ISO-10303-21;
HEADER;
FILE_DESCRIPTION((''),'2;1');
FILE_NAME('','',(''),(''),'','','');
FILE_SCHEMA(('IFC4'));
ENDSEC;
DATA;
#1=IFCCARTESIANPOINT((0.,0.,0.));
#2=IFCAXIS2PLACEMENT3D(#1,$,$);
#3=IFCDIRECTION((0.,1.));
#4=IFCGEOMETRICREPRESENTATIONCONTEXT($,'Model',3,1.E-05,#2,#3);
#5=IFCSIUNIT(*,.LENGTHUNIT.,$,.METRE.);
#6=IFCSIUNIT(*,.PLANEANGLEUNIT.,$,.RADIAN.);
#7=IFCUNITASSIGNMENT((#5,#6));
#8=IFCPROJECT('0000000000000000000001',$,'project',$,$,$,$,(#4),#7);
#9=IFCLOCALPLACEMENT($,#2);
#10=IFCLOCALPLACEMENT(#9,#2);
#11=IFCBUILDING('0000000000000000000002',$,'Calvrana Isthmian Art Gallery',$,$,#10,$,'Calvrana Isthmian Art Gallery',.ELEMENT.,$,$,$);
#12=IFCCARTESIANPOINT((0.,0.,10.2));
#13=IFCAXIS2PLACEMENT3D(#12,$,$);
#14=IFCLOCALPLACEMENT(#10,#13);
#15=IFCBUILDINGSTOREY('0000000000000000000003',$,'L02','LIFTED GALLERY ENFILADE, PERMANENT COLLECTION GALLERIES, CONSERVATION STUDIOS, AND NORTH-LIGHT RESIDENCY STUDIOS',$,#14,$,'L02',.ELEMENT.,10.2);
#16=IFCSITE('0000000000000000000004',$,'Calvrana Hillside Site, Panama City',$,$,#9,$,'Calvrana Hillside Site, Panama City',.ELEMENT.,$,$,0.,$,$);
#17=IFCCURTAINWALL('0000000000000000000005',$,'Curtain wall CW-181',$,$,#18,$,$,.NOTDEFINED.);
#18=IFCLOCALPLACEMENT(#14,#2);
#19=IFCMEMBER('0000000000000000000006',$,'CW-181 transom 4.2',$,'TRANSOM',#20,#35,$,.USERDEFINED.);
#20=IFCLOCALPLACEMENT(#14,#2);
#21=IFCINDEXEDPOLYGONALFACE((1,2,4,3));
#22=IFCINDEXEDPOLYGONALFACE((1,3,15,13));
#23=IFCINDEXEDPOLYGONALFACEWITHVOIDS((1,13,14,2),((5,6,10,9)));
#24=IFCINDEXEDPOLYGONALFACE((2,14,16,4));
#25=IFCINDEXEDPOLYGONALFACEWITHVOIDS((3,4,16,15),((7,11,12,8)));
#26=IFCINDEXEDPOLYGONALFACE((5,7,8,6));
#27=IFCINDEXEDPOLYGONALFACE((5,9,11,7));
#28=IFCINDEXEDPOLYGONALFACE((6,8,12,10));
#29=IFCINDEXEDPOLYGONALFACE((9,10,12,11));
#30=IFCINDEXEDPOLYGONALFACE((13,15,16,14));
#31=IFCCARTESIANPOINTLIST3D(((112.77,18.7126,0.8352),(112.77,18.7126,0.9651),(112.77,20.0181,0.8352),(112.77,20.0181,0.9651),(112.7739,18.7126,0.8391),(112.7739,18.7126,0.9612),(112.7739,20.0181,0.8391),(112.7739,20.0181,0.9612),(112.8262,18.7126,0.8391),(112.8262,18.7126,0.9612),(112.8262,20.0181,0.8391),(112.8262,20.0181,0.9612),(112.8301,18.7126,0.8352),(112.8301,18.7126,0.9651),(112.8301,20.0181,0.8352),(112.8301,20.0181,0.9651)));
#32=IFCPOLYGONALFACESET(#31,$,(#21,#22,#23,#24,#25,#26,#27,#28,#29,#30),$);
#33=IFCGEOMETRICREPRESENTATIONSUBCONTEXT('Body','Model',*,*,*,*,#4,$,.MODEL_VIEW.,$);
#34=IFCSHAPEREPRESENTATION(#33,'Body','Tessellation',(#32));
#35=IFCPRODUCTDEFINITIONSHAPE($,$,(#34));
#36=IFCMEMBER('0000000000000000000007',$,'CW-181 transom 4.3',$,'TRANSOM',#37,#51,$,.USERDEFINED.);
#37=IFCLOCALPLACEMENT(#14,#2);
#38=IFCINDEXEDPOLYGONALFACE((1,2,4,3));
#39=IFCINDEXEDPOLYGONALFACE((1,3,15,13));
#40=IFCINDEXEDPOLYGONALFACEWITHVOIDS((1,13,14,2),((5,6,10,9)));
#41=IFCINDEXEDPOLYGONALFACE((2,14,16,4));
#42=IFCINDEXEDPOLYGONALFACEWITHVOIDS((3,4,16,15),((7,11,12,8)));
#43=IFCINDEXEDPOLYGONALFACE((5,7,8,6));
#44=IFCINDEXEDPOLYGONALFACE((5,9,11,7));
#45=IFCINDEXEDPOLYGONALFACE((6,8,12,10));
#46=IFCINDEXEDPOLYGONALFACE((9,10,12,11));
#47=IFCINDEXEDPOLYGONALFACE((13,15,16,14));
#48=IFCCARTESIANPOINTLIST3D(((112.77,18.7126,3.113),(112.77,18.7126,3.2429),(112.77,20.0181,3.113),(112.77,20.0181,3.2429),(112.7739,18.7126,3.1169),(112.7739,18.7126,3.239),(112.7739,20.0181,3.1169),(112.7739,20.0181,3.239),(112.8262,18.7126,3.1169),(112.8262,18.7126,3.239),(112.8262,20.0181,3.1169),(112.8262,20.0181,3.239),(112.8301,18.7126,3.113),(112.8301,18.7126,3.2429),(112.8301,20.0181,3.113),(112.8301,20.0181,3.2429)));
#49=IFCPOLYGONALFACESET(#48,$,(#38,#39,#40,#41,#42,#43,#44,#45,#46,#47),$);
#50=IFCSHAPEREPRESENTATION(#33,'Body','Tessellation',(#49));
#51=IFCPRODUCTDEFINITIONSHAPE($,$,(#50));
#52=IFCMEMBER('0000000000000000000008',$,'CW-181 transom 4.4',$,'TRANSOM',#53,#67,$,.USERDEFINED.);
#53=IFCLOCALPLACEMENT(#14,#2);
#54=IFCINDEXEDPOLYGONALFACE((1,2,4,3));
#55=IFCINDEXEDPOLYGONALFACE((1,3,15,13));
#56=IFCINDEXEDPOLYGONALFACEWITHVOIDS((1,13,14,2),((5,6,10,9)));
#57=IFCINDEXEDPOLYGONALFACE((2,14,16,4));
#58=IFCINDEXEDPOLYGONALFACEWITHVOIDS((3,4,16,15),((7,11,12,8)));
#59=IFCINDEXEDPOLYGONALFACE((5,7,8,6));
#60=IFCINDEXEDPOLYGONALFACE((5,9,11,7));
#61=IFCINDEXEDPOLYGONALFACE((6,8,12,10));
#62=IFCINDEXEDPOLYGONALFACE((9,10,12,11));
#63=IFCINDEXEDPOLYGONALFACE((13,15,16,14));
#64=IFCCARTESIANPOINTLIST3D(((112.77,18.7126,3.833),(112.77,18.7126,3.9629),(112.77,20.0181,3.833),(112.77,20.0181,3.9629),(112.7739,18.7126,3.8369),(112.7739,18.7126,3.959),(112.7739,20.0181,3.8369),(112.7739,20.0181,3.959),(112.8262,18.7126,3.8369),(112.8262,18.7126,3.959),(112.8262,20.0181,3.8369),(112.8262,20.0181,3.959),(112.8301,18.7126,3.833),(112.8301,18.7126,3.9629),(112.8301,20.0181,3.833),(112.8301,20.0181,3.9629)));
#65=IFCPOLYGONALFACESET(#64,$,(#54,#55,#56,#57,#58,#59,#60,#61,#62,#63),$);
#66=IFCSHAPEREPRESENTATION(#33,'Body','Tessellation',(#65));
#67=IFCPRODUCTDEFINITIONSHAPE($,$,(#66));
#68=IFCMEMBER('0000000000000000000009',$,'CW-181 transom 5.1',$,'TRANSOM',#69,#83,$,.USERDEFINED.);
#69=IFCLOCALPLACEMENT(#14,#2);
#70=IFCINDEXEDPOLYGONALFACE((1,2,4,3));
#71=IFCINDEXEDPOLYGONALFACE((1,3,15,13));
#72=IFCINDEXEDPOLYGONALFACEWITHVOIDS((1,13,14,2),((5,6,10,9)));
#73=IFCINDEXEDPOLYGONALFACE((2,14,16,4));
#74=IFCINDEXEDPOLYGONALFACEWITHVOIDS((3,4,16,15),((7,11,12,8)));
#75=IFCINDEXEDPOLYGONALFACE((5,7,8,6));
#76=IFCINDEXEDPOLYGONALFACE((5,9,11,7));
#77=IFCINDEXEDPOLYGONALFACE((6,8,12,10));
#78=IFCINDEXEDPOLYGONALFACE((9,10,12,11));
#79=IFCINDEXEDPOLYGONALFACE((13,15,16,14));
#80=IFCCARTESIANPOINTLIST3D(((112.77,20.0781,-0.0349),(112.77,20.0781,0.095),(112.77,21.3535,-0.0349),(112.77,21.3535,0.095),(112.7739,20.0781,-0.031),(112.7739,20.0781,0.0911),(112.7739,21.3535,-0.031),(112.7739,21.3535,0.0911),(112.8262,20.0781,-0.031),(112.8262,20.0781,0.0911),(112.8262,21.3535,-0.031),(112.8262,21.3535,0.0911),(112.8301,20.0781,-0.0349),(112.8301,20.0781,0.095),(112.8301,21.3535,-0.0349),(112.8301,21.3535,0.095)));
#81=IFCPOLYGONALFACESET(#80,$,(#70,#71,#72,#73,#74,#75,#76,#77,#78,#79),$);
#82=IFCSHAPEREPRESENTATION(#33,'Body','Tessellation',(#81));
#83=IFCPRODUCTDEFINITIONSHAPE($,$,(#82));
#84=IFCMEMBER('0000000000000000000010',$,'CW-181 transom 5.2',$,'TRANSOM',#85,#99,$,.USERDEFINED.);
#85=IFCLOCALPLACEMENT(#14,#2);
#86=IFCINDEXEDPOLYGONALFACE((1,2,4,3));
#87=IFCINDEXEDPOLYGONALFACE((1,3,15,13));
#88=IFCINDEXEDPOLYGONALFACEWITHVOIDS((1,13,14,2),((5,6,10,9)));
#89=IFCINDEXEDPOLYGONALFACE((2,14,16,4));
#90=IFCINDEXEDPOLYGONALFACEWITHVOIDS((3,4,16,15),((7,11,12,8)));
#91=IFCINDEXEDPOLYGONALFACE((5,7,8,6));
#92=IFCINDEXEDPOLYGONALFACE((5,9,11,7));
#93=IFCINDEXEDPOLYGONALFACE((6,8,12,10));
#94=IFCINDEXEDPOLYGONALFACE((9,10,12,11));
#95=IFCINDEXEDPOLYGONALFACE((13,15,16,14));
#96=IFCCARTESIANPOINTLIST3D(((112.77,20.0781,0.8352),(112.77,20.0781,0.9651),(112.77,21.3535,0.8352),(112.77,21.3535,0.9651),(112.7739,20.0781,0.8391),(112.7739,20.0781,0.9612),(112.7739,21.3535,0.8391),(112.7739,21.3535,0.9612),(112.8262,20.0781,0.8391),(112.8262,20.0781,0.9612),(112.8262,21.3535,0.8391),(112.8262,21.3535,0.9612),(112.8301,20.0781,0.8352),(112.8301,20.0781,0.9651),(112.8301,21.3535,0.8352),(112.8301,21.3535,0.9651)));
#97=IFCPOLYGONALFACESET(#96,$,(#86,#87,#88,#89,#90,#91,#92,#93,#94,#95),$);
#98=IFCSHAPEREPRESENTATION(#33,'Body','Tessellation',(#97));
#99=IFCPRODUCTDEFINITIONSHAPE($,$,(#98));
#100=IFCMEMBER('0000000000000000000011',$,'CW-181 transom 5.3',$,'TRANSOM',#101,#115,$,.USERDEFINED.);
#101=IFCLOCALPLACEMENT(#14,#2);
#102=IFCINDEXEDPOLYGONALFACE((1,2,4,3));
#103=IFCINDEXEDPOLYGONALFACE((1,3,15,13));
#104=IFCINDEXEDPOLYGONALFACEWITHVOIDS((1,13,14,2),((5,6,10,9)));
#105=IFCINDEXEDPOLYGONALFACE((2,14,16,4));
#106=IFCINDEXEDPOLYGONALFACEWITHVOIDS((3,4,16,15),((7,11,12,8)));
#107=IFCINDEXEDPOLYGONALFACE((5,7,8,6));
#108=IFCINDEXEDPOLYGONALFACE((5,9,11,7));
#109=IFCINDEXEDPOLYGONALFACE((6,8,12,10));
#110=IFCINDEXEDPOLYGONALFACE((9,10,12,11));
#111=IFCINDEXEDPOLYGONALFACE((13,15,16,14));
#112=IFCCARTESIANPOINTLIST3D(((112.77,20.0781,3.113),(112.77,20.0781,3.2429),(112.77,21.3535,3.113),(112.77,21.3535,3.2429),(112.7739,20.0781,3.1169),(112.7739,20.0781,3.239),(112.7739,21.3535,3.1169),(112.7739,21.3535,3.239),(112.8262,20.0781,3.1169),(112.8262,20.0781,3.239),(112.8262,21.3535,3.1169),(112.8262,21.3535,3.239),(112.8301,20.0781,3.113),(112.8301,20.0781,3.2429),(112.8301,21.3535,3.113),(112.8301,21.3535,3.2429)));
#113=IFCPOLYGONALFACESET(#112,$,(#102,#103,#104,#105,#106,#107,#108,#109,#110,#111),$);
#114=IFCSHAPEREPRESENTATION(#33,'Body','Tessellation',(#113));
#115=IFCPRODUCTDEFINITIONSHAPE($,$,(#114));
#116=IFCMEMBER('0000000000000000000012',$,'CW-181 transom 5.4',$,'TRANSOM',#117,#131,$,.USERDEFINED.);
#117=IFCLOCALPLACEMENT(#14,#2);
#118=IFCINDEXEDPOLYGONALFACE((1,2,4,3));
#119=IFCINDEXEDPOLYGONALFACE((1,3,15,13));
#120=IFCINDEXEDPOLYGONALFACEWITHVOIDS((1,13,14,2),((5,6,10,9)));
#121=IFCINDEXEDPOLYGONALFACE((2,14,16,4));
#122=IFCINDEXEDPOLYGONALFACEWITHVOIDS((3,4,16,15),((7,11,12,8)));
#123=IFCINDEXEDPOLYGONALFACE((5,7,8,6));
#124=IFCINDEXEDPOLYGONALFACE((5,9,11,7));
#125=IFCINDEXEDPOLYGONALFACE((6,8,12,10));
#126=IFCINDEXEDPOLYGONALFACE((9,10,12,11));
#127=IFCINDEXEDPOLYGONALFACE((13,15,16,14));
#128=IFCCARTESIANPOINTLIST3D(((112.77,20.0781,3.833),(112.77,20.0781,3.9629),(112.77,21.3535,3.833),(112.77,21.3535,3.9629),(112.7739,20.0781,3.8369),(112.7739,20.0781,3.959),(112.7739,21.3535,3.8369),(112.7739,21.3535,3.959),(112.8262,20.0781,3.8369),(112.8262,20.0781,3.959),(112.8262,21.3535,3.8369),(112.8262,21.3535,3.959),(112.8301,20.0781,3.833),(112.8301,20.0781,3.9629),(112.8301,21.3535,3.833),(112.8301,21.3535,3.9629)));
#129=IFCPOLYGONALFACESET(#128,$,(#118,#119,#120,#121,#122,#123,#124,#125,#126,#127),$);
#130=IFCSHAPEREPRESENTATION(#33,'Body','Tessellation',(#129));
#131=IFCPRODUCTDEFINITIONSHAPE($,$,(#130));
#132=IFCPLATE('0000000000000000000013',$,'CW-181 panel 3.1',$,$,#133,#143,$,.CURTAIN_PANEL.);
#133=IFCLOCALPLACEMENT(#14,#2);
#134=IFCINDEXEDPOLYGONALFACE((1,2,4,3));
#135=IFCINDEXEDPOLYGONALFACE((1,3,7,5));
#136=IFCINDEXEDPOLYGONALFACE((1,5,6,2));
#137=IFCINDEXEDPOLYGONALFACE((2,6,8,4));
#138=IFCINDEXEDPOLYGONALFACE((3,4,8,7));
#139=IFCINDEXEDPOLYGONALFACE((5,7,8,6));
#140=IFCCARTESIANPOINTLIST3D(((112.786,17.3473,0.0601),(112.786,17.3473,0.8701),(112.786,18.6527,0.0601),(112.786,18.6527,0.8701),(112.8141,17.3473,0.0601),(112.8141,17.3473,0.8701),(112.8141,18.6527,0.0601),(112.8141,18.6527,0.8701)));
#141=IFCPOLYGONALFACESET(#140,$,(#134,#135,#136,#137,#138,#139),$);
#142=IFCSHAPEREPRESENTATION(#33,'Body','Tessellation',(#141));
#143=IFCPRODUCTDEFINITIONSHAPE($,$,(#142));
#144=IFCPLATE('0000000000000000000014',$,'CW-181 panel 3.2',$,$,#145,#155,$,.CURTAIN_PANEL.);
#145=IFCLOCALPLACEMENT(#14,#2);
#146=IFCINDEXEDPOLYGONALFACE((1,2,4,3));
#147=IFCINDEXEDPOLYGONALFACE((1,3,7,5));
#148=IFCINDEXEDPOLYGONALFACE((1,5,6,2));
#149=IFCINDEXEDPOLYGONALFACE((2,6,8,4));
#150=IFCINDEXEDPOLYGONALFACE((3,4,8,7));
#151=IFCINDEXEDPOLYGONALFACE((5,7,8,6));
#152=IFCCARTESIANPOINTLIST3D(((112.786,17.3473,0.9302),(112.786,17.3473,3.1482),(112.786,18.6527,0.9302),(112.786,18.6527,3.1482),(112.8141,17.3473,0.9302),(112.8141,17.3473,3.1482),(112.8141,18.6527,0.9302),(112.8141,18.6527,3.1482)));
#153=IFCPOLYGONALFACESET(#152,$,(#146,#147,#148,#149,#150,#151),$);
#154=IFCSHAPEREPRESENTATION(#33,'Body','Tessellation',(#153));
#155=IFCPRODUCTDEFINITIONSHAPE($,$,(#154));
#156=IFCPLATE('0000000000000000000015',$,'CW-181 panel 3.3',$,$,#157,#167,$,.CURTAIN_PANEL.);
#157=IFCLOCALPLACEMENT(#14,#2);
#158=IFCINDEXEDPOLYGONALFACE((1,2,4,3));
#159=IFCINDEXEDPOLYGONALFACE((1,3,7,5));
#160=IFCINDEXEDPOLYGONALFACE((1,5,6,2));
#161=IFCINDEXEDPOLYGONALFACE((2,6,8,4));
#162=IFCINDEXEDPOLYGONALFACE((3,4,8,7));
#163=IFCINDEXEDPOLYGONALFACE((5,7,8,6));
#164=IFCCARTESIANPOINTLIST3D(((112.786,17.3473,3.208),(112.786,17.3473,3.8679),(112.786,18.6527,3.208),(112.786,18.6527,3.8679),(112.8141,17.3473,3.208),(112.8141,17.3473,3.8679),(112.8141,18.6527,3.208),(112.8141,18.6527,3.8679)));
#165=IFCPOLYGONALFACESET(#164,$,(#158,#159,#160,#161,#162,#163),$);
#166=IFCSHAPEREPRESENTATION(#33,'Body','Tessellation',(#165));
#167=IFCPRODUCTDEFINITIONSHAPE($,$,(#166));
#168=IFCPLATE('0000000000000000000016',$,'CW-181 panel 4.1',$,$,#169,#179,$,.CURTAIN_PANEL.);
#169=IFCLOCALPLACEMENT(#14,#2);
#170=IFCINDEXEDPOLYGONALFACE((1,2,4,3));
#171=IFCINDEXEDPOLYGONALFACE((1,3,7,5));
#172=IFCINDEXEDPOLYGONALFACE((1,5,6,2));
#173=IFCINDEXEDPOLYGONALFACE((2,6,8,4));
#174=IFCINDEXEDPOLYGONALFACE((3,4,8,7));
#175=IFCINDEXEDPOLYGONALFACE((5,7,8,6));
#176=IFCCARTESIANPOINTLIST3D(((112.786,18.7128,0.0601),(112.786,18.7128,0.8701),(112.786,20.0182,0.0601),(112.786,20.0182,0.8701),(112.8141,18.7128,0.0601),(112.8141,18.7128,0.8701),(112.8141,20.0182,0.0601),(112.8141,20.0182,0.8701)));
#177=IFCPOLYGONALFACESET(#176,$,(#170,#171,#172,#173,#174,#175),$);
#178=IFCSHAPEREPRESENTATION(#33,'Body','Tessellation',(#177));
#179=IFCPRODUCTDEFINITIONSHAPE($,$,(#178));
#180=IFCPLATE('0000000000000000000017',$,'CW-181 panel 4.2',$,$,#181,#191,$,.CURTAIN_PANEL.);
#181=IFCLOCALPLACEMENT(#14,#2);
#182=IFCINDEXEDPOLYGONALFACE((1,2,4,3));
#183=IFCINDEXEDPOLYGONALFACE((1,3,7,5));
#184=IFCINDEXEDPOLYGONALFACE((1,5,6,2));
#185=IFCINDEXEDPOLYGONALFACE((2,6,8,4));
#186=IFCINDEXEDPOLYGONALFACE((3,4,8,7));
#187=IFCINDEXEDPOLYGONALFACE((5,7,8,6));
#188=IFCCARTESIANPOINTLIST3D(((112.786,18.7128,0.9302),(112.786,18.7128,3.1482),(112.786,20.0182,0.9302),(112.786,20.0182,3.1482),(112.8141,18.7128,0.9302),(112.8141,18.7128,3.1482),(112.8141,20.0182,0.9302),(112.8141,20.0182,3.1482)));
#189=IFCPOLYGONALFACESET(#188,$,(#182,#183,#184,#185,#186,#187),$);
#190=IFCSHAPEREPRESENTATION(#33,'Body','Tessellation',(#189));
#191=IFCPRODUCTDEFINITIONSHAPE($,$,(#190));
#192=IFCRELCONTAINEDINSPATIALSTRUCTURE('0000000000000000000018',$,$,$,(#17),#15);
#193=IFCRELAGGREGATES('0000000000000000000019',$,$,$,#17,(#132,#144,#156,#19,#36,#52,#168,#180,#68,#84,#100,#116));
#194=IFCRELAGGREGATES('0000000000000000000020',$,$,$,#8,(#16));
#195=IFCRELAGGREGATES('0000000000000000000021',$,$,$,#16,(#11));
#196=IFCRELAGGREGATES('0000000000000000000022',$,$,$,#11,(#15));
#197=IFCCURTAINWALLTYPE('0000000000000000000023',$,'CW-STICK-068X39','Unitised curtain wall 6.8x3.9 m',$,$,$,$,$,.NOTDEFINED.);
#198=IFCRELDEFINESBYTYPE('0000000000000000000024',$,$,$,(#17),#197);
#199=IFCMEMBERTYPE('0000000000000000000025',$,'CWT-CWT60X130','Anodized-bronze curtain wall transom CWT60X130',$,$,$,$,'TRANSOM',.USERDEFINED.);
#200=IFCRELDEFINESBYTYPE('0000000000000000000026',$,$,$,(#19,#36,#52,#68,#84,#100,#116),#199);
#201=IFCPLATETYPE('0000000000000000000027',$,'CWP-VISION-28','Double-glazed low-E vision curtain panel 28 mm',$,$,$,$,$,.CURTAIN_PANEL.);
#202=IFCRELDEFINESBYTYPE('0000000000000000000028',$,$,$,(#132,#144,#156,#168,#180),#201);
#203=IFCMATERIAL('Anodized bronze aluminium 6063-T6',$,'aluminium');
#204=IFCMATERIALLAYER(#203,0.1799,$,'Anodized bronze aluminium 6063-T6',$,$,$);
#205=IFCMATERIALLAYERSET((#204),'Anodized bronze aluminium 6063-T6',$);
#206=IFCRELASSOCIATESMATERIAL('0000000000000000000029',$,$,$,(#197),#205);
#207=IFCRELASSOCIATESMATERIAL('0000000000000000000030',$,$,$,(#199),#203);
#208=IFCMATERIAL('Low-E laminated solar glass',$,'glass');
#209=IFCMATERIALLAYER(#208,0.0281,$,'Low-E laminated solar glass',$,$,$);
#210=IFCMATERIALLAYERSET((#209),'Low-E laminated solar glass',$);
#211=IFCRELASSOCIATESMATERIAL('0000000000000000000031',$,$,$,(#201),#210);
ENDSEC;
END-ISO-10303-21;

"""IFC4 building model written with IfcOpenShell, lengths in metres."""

from ifc_helpers import new_model, si_unit, direction, frame, origin, origin_2d, place, context, subcontext, project, spatial, rectangle, hollow_rectangle, extrude, material, layer, layer_set, material_profile, profile_set, type_object, element, aggregate, save


model = new_model("IFC4")

# Units and contexts
model_context = context("Model", 3, precision=1e-05, world=origin(), true_north=direction((0.0, 1.0)))
body_context = subcontext(model_context, "Body", "Model", "MODEL_VIEW")
ifc_project = project(units=[si_unit("LENGTHUNIT", "METRE"), si_unit("PLANEANGLEUNIT", "RADIAN")], contexts=[model_context])

# Site, building, storey
site_placement = place(None, origin())
site = spatial("IfcSite", under=ifc_project, at=site_placement, Name="Calvrana Hillside Site, Panama City", LongName="Calvrana Hillside Site, Panama City", CompositionType="ELEMENT", RefElevation=0.0)
building_placement = place(site_placement, origin())
building = spatial("IfcBuilding", under=site, at=building_placement, Name="Calvrana Isthmian Art Gallery", LongName="Calvrana Isthmian Art Gallery", CompositionType="ELEMENT")
storey_placement = place(building_placement, frame((0.0, 0.0, 10.2)))
storey = spatial("IfcBuildingStorey", under=building, at=storey_placement, Name="L02", Description="LIFTED GALLERY ENFILADE, PERMANENT COLLECTION GALLERIES, CONSERVATION STUDIOS, AND NORTH-LIGHT RESIDENCY STUDIOS", LongName="L02", CompositionType="ELEMENT", Elevation=10.2)

# Curtain wall, members, plates
ifc_material_1 = material(Name="Anodized bronze aluminium 6063-T6", Category="aluminium")
ifc_layer_1 = layer(ifc_material_1, 0.1799, Name="Anodized bronze aluminium 6063-T6")
ifc_layer_set_1 = layer_set([ifc_layer_1], Name="Anodized bronze aluminium 6063-T6")
curtain_wall_type = type_object("IfcCurtainWallType", Name="CW-STICK-068X39", Description="Unitised curtain wall 6.8x3.9 m", PredefinedType="NOTDEFINED", material=ifc_layer_set_1)
curtain_wall_placement = place(storey_placement, origin())
curtain_wall = element("IfcCurtainWall", 1, at=curtain_wall_placement, inside=storey, type_object=curtain_wall_type, Name="Curtain wall CW-181", PredefinedType="NOTDEFINED")
ifc_material_profile_1 = material_profile(ifc_material_1, hollow_rectangle(XDim=0.0601, YDim=0.1299, WallThickness=0.0039, at=origin_2d()), Name="CWT60X130")
ifc_profile_set_1 = profile_set([ifc_material_profile_1], Name="Anodized bronze aluminium 6063-T6")
member_type_1 = type_object("IfcMemberType", Name="CWT-CWT60X130", Description="Anodized-bronze curtain wall transom CWT60X130", ElementType="TRANSOM", PredefinedType="USERDEFINED", material=ifc_profile_set_1)
member_1_placement = place(storey_placement, frame((112.8, 18.7126, 0.9001), z_axis=(0.0, 1.0, 0.0), x_axis=(-1.0, 0.0, 0.0)))
member_1 = element("IfcMember", 2, at=member_1_placement, type_object=member_type_1, Name="CW-181 transom 4.2", ObjectType="TRANSOM", PredefinedType="USERDEFINED", context=body_context, shape_type="SweptSolid", body=[
    extrude(hollow_rectangle(XDim=0.0601, YDim=0.1299, WallThickness=0.0039, at=origin_2d()), origin(), (0.0, 0.0, 1.0), 1.3054),
])
member_2_placement = place(storey_placement, frame((112.8, 18.7126, 3.178), z_axis=(0.0, 1.0, 0.0), x_axis=(-1.0, 0.0, 0.0)))
member_2 = element("IfcMember", 3, at=member_2_placement, type_object=member_type_1, Name="CW-181 transom 4.3", ObjectType="TRANSOM", PredefinedType="USERDEFINED", context=body_context, shape_type="SweptSolid", body=[
    extrude(hollow_rectangle(XDim=0.0601, YDim=0.1299, WallThickness=0.0039, at=origin_2d()), origin(), (0.0, 0.0, 1.0), 1.3054),
])
member_3_placement = place(storey_placement, frame((112.8, 18.7126, 3.8979), z_axis=(0.0, 1.0, 0.0), x_axis=(-1.0, 0.0, 0.0)))
member_3 = element("IfcMember", 4, at=member_3_placement, type_object=member_type_1, Name="CW-181 transom 4.4", ObjectType="TRANSOM", PredefinedType="USERDEFINED", context=body_context, shape_type="SweptSolid", body=[
    extrude(hollow_rectangle(XDim=0.0601, YDim=0.1299, WallThickness=0.0039, at=origin_2d()), origin(), (0.0, 0.0, 1.0), 1.3054),
])
member_4_placement = place(storey_placement, frame((112.8, 20.0781, 0.03), z_axis=(0.0, 1.0, 0.0), x_axis=(-1.0, 0.0, 0.0)))
member_4 = element("IfcMember", 5, at=member_4_placement, type_object=member_type_1, Name="CW-181 transom 5.1", ObjectType="TRANSOM", PredefinedType="USERDEFINED", context=body_context, shape_type="SweptSolid", body=[
    extrude(hollow_rectangle(XDim=0.0601, YDim=0.1299, WallThickness=0.0039, at=origin_2d()), origin(), (0.0, 0.0, 1.0), 1.2754),
])
member_5_placement = place(storey_placement, frame((112.8, 20.0781, 0.9001), z_axis=(0.0, 1.0, 0.0), x_axis=(-1.0, 0.0, 0.0)))
member_5 = element("IfcMember", 6, at=member_5_placement, type_object=member_type_1, Name="CW-181 transom 5.2", ObjectType="TRANSOM", PredefinedType="USERDEFINED", context=body_context, shape_type="SweptSolid", body=[
    extrude(hollow_rectangle(XDim=0.0601, YDim=0.1299, WallThickness=0.0039, at=origin_2d()), origin(), (0.0, 0.0, 1.0), 1.2754),
])
member_6_placement = place(storey_placement, frame((112.8, 20.0781, 3.178), z_axis=(0.0, 1.0, 0.0), x_axis=(-1.0, 0.0, 0.0)))
member_6 = element("IfcMember", 7, at=member_6_placement, type_object=member_type_1, Name="CW-181 transom 5.3", ObjectType="TRANSOM", PredefinedType="USERDEFINED", context=body_context, shape_type="SweptSolid", body=[
    extrude(hollow_rectangle(XDim=0.0601, YDim=0.1299, WallThickness=0.0039, at=origin_2d()), origin(), (0.0, 0.0, 1.0), 1.2754),
])
member_7_placement = place(storey_placement, frame((112.8, 20.0781, 3.8979), z_axis=(0.0, 1.0, 0.0), x_axis=(-1.0, 0.0, 0.0)))
member_7 = element("IfcMember", 8, at=member_7_placement, type_object=member_type_1, Name="CW-181 transom 5.4", ObjectType="TRANSOM", PredefinedType="USERDEFINED", context=body_context, shape_type="SweptSolid", body=[
    extrude(hollow_rectangle(XDim=0.0601, YDim=0.1299, WallThickness=0.0039, at=origin_2d()), origin(), (0.0, 0.0, 1.0), 1.2754),
])
ifc_material_2 = material(Name="Low-E laminated solar glass", Category="glass")
ifc_layer_2 = layer(ifc_material_2, 0.0281, Name="Low-E laminated solar glass")
ifc_layer_set_2 = layer_set([ifc_layer_2], Name="Low-E laminated solar glass")
plate_type = type_object("IfcPlateType", Name="CWP-VISION-28", Description="Double-glazed low-E vision curtain panel 28 mm", PredefinedType="CURTAIN_PANEL", material=ifc_layer_set_2)
plate_1_placement = place(storey_placement, frame((112.8, 18.0, 0.0601), z_axis=(0.0, 0.0, 1.0), x_axis=(0.0, 1.0, 0.0)))
plate_1 = element("IfcPlate", 9, at=plate_1_placement, type_object=plate_type, Name="CW-181 panel 3.1", PredefinedType="CURTAIN_PANEL", context=body_context, shape_type="SweptSolid", body=[
    extrude(rectangle(XDim=1.3054, YDim=0.0281, at=origin_2d()), origin(), (0.0, 0.0, 1.0), 0.8101),
])
plate_2_placement = place(storey_placement, frame((112.8, 18.0, 0.9302), z_axis=(0.0, 0.0, 1.0), x_axis=(0.0, 1.0, 0.0)))
plate_2 = element("IfcPlate", 10, at=plate_2_placement, type_object=plate_type, Name="CW-181 panel 3.2", PredefinedType="CURTAIN_PANEL", context=body_context, shape_type="SweptSolid", body=[
    extrude(rectangle(XDim=1.3054, YDim=0.0281, at=origin_2d()), origin(), (0.0, 0.0, 1.0), 2.218),
])
plate_3_placement = place(storey_placement, frame((112.8, 18.0, 3.208), z_axis=(0.0, 0.0, 1.0), x_axis=(0.0, 1.0, 0.0)))
plate_3 = element("IfcPlate", 11, at=plate_3_placement, type_object=plate_type, Name="CW-181 panel 3.3", PredefinedType="CURTAIN_PANEL", context=body_context, shape_type="SweptSolid", body=[
    extrude(rectangle(XDim=1.3054, YDim=0.0281, at=origin_2d()), origin(), (0.0, 0.0, 1.0), 0.6599),
])
plate_4_placement = place(storey_placement, frame((112.8, 19.3655, 0.0601), z_axis=(0.0, 0.0, 1.0), x_axis=(0.0, 1.0, 0.0)))
plate_4 = element("IfcPlate", 12, at=plate_4_placement, type_object=plate_type, Name="CW-181 panel 4.1", PredefinedType="CURTAIN_PANEL", context=body_context, shape_type="SweptSolid", body=[
    extrude(rectangle(XDim=1.3054, YDim=0.0281, at=origin_2d()), origin(), (0.0, 0.0, 1.0), 0.8101),
])
plate_5_placement = place(storey_placement, frame((112.8, 19.3655, 0.9302), z_axis=(0.0, 0.0, 1.0), x_axis=(0.0, 1.0, 0.0)))
plate_5 = element("IfcPlate", 13, at=plate_5_placement, type_object=plate_type, Name="CW-181 panel 4.2", PredefinedType="CURTAIN_PANEL", context=body_context, shape_type="SweptSolid", body=[
    extrude(rectangle(XDim=1.3054, YDim=0.0281, at=origin_2d()), origin(), (0.0, 0.0, 1.0), 2.218),
])
aggregate(curtain_wall, [plate_1, plate_2, plate_3, member_1, member_2, member_3, plate_4, plate_5, member_4, member_5, member_6, member_7])

save(model, "model.ifc")
